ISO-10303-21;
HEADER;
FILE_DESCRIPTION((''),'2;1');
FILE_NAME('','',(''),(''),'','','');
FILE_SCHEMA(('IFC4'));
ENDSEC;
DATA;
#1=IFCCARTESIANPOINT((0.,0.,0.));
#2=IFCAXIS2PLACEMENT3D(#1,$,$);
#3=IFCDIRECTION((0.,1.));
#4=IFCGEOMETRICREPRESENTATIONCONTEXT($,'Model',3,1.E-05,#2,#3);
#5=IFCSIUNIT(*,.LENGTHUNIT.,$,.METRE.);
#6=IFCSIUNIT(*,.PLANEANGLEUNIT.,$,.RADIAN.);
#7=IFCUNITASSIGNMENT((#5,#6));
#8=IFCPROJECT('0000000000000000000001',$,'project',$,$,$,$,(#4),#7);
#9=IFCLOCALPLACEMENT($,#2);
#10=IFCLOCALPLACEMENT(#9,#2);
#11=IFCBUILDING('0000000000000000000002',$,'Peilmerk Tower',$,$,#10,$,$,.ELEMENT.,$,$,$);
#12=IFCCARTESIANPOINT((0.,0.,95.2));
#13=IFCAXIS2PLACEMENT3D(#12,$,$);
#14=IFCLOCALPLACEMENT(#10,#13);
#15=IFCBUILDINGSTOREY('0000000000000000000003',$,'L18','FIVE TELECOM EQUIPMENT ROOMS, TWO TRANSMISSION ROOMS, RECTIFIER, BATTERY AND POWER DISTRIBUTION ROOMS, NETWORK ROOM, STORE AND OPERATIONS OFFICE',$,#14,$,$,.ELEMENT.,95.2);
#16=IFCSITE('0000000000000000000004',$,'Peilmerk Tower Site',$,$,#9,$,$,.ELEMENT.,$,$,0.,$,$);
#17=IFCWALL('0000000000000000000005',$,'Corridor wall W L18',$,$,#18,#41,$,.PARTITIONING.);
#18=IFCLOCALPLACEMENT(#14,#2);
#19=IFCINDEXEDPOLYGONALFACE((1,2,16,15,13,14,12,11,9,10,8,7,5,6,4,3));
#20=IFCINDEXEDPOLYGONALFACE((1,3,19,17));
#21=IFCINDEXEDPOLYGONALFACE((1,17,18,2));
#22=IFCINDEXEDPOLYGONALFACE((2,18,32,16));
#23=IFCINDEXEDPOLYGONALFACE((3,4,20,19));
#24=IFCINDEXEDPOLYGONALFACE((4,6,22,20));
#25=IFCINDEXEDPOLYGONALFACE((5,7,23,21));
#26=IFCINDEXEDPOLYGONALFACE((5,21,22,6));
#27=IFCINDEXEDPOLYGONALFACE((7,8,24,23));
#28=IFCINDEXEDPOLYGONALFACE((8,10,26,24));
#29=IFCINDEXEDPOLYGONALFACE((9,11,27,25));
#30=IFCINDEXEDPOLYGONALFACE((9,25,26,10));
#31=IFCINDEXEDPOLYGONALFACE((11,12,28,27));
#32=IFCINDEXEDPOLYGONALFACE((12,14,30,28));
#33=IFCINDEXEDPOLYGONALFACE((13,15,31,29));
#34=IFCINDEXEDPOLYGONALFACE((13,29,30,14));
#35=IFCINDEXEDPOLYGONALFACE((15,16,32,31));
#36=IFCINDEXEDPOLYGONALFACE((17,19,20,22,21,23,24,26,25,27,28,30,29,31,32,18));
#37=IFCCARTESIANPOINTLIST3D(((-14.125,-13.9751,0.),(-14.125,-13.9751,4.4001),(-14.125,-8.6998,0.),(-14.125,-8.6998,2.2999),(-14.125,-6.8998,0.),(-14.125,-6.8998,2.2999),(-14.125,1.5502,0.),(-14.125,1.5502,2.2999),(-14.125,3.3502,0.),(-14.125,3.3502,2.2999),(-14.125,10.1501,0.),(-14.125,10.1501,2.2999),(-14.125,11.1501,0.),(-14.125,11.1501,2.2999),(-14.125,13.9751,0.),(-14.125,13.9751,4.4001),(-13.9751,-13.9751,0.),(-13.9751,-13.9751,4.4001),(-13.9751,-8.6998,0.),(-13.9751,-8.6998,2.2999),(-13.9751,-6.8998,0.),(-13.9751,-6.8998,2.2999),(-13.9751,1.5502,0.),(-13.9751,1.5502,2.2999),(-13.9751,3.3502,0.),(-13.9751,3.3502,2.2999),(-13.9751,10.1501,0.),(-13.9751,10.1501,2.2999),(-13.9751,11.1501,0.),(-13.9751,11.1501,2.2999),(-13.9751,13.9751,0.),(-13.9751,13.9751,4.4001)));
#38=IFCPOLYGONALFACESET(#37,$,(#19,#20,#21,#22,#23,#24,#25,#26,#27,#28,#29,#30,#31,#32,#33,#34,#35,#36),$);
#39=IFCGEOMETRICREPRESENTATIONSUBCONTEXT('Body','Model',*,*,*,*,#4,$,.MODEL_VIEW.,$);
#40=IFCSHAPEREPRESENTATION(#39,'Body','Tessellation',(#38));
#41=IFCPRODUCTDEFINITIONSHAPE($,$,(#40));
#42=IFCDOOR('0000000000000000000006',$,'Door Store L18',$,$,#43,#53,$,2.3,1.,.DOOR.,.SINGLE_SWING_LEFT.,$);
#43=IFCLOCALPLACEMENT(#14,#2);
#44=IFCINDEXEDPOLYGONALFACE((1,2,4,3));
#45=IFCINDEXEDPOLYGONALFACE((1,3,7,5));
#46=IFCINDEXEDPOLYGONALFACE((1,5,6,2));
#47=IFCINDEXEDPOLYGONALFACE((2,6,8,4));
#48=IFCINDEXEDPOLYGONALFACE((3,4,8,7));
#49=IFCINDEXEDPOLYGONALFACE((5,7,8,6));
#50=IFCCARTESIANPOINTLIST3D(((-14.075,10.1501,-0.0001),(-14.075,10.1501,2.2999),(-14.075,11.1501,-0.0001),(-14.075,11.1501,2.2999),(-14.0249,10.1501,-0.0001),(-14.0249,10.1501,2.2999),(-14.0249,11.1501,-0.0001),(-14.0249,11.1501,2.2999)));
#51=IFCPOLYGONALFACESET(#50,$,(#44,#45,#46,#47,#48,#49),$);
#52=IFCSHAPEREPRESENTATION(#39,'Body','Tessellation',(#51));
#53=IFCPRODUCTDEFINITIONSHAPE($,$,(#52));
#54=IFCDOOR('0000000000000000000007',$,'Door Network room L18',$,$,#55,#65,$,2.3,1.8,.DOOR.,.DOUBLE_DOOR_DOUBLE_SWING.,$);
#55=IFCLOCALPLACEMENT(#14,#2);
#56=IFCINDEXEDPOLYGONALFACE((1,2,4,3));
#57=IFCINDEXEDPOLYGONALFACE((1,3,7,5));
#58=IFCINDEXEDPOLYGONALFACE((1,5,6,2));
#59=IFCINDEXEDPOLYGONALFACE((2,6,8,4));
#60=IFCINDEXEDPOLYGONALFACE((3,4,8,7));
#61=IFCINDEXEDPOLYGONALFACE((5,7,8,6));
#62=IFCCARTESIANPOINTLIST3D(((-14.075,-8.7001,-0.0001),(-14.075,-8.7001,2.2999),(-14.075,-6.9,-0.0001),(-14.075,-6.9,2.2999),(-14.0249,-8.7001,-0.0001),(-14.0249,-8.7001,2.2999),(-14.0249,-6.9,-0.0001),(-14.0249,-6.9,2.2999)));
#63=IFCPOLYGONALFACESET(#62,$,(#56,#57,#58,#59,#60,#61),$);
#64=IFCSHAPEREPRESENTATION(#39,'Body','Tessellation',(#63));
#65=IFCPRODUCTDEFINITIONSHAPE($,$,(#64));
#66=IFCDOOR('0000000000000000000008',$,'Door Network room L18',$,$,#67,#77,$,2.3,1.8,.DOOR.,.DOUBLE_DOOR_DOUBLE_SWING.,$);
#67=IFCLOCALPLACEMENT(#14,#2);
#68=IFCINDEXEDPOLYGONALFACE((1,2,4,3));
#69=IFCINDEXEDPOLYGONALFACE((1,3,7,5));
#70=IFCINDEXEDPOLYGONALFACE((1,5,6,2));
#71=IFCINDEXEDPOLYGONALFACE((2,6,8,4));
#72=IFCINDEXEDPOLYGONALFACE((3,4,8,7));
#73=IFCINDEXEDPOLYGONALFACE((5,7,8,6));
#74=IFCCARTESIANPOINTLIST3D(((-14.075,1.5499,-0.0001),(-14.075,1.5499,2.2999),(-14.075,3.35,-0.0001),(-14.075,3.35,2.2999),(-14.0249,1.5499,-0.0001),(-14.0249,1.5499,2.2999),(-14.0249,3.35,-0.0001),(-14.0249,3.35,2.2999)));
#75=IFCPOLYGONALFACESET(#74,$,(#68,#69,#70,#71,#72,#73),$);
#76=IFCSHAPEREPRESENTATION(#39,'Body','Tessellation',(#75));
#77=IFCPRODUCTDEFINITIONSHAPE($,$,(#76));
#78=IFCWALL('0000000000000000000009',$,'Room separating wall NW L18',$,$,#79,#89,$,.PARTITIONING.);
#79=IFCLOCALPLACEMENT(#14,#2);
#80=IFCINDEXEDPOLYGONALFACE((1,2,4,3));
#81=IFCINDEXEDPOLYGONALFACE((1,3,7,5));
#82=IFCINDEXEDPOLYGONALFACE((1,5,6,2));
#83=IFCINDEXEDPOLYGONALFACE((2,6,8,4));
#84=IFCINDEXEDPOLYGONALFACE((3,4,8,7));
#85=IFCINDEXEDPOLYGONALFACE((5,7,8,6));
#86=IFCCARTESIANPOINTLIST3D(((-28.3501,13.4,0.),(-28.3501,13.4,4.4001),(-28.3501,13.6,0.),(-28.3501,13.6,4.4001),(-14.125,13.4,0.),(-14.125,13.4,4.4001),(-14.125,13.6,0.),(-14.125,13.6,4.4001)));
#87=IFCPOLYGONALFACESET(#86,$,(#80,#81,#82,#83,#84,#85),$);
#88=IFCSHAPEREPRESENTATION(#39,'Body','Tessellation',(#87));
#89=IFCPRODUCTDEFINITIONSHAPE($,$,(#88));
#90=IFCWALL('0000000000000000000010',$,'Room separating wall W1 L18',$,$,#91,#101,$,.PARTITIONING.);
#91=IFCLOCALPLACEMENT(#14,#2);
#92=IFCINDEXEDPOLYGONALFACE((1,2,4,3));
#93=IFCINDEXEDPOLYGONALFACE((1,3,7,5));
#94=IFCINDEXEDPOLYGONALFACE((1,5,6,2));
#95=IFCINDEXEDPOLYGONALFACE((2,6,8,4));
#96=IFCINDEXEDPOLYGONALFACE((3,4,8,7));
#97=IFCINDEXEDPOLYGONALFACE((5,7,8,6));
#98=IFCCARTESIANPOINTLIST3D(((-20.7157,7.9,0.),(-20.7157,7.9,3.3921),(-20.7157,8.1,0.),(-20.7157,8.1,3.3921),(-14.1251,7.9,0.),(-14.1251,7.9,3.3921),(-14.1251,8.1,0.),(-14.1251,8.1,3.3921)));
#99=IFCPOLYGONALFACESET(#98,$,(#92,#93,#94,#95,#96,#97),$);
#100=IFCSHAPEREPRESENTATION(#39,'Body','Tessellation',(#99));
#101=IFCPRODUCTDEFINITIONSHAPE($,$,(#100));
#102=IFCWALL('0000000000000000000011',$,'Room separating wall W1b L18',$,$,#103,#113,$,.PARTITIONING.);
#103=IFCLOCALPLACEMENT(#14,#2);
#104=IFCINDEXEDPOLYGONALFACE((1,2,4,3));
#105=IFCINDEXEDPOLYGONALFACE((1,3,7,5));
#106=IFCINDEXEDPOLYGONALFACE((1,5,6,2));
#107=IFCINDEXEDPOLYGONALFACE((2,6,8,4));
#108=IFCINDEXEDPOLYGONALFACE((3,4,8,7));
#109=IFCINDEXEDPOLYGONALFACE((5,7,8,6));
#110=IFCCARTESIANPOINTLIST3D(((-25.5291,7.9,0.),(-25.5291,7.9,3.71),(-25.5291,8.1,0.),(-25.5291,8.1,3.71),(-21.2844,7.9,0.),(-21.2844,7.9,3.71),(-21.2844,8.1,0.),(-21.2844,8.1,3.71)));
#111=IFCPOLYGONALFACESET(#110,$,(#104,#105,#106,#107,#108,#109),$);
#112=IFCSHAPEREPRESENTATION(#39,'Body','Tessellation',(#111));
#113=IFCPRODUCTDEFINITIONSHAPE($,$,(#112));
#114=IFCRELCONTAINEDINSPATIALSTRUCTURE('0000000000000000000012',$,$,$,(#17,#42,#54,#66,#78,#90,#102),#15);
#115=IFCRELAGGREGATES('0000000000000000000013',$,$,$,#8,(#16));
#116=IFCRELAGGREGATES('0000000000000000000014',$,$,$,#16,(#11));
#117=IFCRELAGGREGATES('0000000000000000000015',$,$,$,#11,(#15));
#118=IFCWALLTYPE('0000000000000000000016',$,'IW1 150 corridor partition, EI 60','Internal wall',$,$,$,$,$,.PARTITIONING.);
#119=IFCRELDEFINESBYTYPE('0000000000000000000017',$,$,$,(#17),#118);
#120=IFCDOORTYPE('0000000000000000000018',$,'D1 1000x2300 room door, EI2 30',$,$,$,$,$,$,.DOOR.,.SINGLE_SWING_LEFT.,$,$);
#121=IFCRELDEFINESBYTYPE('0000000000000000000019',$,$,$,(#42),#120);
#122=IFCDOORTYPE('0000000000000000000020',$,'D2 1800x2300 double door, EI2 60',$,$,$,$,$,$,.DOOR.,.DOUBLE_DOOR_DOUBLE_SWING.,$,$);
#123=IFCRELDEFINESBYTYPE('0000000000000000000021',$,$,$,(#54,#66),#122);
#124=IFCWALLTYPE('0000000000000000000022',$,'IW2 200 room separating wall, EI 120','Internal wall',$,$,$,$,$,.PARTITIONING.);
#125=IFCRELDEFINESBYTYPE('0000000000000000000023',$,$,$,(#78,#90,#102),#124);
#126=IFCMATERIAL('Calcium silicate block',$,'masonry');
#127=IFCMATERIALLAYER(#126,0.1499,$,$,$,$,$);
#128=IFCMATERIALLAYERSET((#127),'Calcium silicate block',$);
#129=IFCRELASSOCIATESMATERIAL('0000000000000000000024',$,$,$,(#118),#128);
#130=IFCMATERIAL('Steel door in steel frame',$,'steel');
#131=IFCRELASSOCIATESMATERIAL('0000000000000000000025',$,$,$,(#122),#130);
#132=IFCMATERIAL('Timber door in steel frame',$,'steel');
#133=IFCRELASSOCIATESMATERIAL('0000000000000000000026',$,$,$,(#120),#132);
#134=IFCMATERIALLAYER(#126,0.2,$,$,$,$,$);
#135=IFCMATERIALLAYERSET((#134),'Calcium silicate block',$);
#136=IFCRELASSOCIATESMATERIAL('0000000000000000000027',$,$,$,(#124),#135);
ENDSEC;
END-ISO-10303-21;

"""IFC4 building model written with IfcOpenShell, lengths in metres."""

from ifc_helpers import new_model, si_unit, direction, frame, frame_2d, origin, place, context, subcontext, project, spatial, rectangle, extrude, material, layer, layer_set, type_object, element, fill, save


model = new_model("IFC4")

# Units and contexts
model_context = context("Model", 3, precision=1e-05, world=origin(), true_north=direction((0.0, 1.0)))
body_context = subcontext(model_context, "Body", "Model", "MODEL_VIEW")
ifc_project = project(units=[si_unit("LENGTHUNIT", "METRE"), si_unit("PLANEANGLEUNIT", "RADIAN")], contexts=[model_context])

# Site, building, storey
site_placement = place(None, origin())
site = spatial("IfcSite", under=ifc_project, at=site_placement, Name="Peilmerk Tower Site", CompositionType="ELEMENT", RefElevation=0.0)
building_placement = place(site_placement, origin())
building = spatial("IfcBuilding", under=site, at=building_placement, Name="Peilmerk Tower", CompositionType="ELEMENT")
storey_placement = place(building_placement, frame((0.0, 0.0, 95.2)))
storey = spatial("IfcBuildingStorey", under=building, at=storey_placement, Name="L18", Description="FIVE TELECOM EQUIPMENT ROOMS, TWO TRANSMISSION ROOMS, RECTIFIER, BATTERY AND POWER DISTRIBUTION ROOMS, NETWORK ROOM, STORE AND OPERATIONS OFFICE", CompositionType="ELEMENT", Elevation=95.2)

# Wall, openings, doors
ifc_material_1 = material(Name="Calcium silicate block", Category="masonry")
ifc_layer_1 = layer(ifc_material_1, 0.1499)
ifc_layer_set_1 = layer_set([ifc_layer_1], Name="Calcium silicate block")
wall_type_1 = type_object("IfcWallType", Name="IW1 150 corridor partition, EI 60", Description="Internal wall", PredefinedType="PARTITIONING", material=ifc_layer_set_1)
ifc_material_2 = material(Name="Steel door in steel frame", Category="steel")
door_type_1 = type_object("IfcDoorType", Name="D2 1800x2300 double door, EI2 60", OperationType="DOUBLE_DOOR_DOUBLE_SWING", PredefinedType="DOOR", material=ifc_material_2)
wall_1_placement = place(storey_placement, frame((-14.05, 13.9751, 0.0), z_axis=(0.0, 0.0, 1.0), x_axis=(0.0, -1.0, 0.0)))
wall_1 = element("IfcWall", 1, at=wall_1_placement, inside=storey, type_object=wall_type_1, Name="Corridor wall W L18", PredefinedType="PARTITIONING", context=body_context, shape_type="SweptSolid", body=[
    extrude(rectangle(XDim=27.9502, YDim=0.1499, at=frame_2d((13.9751, 0.0))), origin(), (0.0, 0.0, 1.0), 4.4001),
])
opening_1_placement = place(wall_1_placement, frame((20.875, 0.0, 0.0)))
opening_1 = element("IfcOpeningElement", 2, at=opening_1_placement, cuts=wall_1, PredefinedType="OPENING", context=body_context, shape_type="SweptSolid", body=[
    extrude(rectangle(XDim=1.8, YDim=2.3, at=frame_2d((0.8999, 1.1499))), frame((0.0, 0.085, 0.0), z_axis=(0.0, -1.0, 0.0), x_axis=(1.0, 0.0, 0.0)), (0.0, 0.0, 1.0), 0.1699),
])
opening_2_placement = place(wall_1_placement, frame((10.625, 0.0, 0.0)))
opening_2 = element("IfcOpeningElement", 3, at=opening_2_placement, cuts=wall_1, PredefinedType="OPENING", context=body_context, shape_type="SweptSolid", body=[
    extrude(rectangle(XDim=1.8, YDim=2.3, at=frame_2d((0.8999, 1.1499))), frame((0.0, 0.085, 0.0), z_axis=(0.0, -1.0, 0.0), x_axis=(1.0, 0.0, 0.0)), (0.0, 0.0, 1.0), 0.1699),
])
opening_3_placement = place(wall_1_placement, frame((2.825, 0.0, 0.0)))
opening_3 = element("IfcOpeningElement", 4, at=opening_3_placement, cuts=wall_1, PredefinedType="OPENING", context=body_context, shape_type="SweptSolid", body=[
    extrude(rectangle(XDim=1.0, YDim=2.3, at=frame_2d((0.5, 1.1499))), frame((0.0, 0.085, 0.0), z_axis=(0.0, -1.0, 0.0), x_axis=(1.0, 0.0, 0.0)), (0.0, 0.0, 1.0), 0.1699),
])
ifc_material_3 = material(Name="Timber door in steel frame", Category="steel")
door_type_2 = type_object("IfcDoorType", Name="D1 1000x2300 room door, EI2 30", OperationType="SINGLE_SWING_LEFT", PredefinedType="DOOR", material=ifc_material_3)
door_1_placement = place(opening_3_placement, frame((1.0, 0.0, 0.0), z_axis=(0.0, 0.0, 1.0), x_axis=(-1.0, 0.0, 0.0)))
door_1 = element("IfcDoor", 5, at=door_1_placement, inside=storey, type_object=door_type_2, Name="Door Store L18", OperationType="SINGLE_SWING_LEFT", OverallHeight=2.3, OverallWidth=1.0, PredefinedType="DOOR", context=body_context, shape_type="SweptSolid", body=[
    extrude(rectangle(XDim=1.0, YDim=2.3, at=frame_2d((0.5, 1.1499))), frame((0.0, 0.0249, 0.0), z_axis=(0.0, -1.0, 0.0), x_axis=(1.0, 0.0, 0.0)), (0.0, 0.0, 1.0), 0.05),
])
fill(opening_3, door_1)
door_2_placement = place(opening_1_placement, frame((1.8, 0.0, 0.0), z_axis=(0.0, 0.0, 1.0), x_axis=(-1.0, 0.0, 0.0)))
door_2 = element("IfcDoor", 6, at=door_2_placement, inside=storey, type_object=door_type_1, Name="Door Network room L18", OperationType="DOUBLE_DOOR_DOUBLE_SWING", OverallHeight=2.3, OverallWidth=1.8, PredefinedType="DOOR", context=body_context, shape_type="SweptSolid", body=[
    extrude(rectangle(XDim=1.8, YDim=2.3, at=frame_2d((0.8999, 1.1499))), frame((0.0, 0.0249, 0.0), z_axis=(0.0, -1.0, 0.0), x_axis=(1.0, 0.0, 0.0)), (0.0, 0.0, 1.0), 0.05),
])
fill(opening_1, door_2)
door_3_placement = place(opening_2_placement, frame((1.8, 0.0, 0.0), z_axis=(0.0, 0.0, 1.0), x_axis=(-1.0, 0.0, 0.0)))
door_3 = element("IfcDoor", 7, at=door_3_placement, inside=storey, type_object=door_type_1, Name="Door Network room L18", OperationType="DOUBLE_DOOR_DOUBLE_SWING", OverallHeight=2.3, OverallWidth=1.8, PredefinedType="DOOR", context=body_context, shape_type="SweptSolid", body=[
    extrude(rectangle(XDim=1.8, YDim=2.3, at=frame_2d((0.8999, 1.1499))), frame((0.0, 0.0249, 0.0), z_axis=(0.0, -1.0, 0.0), x_axis=(1.0, 0.0, 0.0)), (0.0, 0.0, 1.0), 0.05),
])
fill(opening_2, door_3)

# Walls
ifc_layer_2 = layer(ifc_material_1, 0.2)
ifc_layer_set_2 = layer_set([ifc_layer_2], Name="Calcium silicate block")
wall_type_2 = type_object("IfcWallType", Name="IW2 200 room separating wall, EI 120", Description="Internal wall", PredefinedType="PARTITIONING", material=ifc_layer_set_2)
wall_2_placement = place(storey_placement, frame((-28.3501, 13.5, 0.0), z_axis=(0.0, 0.0, 1.0), x_axis=(1.0, 0.0, 0.0)))
element("IfcWall", 8, at=wall_2_placement, inside=storey, type_object=wall_type_2, Name="Room separating wall NW L18", PredefinedType="PARTITIONING", context=body_context, shape_type="SweptSolid", body=[
    extrude(rectangle(XDim=14.2251, YDim=0.2, at=frame_2d((7.1125, 0.0))), origin(), (0.0, 0.0, 1.0), 4.4001),
])
wall_3_placement = place(storey_placement, frame((-14.125, 8.0, 0.0), z_axis=(0.0, 0.0, 1.0), x_axis=(-1.0, 0.0, 0.0)))
element("IfcWall", 9, at=wall_3_placement, inside=storey, type_object=wall_type_2, Name="Room separating wall W1 L18", PredefinedType="PARTITIONING", context=body_context, shape_type="SweptSolid", body=[
    extrude(rectangle(XDim=6.5906, YDim=0.2, at=frame_2d((3.2954, 0.0))), origin(), (0.0, 0.0, 1.0), 3.3921),
])
wall_4_placement = place(storey_placement, frame((-21.2844, 8.0, 0.0), z_axis=(0.0, 0.0, 1.0), x_axis=(-1.0, 0.0, 0.0)))
element("IfcWall", 10, at=wall_4_placement, inside=storey, type_object=wall_type_2, Name="Room separating wall W1b L18", PredefinedType="PARTITIONING", context=body_context, shape_type="SweptSolid", body=[
    extrude(rectangle(XDim=4.2446, YDim=0.2, at=frame_2d((2.1223, 0.0))), origin(), (0.0, 0.0, 1.0), 3.71),
])

save(model, "model.ifc")
